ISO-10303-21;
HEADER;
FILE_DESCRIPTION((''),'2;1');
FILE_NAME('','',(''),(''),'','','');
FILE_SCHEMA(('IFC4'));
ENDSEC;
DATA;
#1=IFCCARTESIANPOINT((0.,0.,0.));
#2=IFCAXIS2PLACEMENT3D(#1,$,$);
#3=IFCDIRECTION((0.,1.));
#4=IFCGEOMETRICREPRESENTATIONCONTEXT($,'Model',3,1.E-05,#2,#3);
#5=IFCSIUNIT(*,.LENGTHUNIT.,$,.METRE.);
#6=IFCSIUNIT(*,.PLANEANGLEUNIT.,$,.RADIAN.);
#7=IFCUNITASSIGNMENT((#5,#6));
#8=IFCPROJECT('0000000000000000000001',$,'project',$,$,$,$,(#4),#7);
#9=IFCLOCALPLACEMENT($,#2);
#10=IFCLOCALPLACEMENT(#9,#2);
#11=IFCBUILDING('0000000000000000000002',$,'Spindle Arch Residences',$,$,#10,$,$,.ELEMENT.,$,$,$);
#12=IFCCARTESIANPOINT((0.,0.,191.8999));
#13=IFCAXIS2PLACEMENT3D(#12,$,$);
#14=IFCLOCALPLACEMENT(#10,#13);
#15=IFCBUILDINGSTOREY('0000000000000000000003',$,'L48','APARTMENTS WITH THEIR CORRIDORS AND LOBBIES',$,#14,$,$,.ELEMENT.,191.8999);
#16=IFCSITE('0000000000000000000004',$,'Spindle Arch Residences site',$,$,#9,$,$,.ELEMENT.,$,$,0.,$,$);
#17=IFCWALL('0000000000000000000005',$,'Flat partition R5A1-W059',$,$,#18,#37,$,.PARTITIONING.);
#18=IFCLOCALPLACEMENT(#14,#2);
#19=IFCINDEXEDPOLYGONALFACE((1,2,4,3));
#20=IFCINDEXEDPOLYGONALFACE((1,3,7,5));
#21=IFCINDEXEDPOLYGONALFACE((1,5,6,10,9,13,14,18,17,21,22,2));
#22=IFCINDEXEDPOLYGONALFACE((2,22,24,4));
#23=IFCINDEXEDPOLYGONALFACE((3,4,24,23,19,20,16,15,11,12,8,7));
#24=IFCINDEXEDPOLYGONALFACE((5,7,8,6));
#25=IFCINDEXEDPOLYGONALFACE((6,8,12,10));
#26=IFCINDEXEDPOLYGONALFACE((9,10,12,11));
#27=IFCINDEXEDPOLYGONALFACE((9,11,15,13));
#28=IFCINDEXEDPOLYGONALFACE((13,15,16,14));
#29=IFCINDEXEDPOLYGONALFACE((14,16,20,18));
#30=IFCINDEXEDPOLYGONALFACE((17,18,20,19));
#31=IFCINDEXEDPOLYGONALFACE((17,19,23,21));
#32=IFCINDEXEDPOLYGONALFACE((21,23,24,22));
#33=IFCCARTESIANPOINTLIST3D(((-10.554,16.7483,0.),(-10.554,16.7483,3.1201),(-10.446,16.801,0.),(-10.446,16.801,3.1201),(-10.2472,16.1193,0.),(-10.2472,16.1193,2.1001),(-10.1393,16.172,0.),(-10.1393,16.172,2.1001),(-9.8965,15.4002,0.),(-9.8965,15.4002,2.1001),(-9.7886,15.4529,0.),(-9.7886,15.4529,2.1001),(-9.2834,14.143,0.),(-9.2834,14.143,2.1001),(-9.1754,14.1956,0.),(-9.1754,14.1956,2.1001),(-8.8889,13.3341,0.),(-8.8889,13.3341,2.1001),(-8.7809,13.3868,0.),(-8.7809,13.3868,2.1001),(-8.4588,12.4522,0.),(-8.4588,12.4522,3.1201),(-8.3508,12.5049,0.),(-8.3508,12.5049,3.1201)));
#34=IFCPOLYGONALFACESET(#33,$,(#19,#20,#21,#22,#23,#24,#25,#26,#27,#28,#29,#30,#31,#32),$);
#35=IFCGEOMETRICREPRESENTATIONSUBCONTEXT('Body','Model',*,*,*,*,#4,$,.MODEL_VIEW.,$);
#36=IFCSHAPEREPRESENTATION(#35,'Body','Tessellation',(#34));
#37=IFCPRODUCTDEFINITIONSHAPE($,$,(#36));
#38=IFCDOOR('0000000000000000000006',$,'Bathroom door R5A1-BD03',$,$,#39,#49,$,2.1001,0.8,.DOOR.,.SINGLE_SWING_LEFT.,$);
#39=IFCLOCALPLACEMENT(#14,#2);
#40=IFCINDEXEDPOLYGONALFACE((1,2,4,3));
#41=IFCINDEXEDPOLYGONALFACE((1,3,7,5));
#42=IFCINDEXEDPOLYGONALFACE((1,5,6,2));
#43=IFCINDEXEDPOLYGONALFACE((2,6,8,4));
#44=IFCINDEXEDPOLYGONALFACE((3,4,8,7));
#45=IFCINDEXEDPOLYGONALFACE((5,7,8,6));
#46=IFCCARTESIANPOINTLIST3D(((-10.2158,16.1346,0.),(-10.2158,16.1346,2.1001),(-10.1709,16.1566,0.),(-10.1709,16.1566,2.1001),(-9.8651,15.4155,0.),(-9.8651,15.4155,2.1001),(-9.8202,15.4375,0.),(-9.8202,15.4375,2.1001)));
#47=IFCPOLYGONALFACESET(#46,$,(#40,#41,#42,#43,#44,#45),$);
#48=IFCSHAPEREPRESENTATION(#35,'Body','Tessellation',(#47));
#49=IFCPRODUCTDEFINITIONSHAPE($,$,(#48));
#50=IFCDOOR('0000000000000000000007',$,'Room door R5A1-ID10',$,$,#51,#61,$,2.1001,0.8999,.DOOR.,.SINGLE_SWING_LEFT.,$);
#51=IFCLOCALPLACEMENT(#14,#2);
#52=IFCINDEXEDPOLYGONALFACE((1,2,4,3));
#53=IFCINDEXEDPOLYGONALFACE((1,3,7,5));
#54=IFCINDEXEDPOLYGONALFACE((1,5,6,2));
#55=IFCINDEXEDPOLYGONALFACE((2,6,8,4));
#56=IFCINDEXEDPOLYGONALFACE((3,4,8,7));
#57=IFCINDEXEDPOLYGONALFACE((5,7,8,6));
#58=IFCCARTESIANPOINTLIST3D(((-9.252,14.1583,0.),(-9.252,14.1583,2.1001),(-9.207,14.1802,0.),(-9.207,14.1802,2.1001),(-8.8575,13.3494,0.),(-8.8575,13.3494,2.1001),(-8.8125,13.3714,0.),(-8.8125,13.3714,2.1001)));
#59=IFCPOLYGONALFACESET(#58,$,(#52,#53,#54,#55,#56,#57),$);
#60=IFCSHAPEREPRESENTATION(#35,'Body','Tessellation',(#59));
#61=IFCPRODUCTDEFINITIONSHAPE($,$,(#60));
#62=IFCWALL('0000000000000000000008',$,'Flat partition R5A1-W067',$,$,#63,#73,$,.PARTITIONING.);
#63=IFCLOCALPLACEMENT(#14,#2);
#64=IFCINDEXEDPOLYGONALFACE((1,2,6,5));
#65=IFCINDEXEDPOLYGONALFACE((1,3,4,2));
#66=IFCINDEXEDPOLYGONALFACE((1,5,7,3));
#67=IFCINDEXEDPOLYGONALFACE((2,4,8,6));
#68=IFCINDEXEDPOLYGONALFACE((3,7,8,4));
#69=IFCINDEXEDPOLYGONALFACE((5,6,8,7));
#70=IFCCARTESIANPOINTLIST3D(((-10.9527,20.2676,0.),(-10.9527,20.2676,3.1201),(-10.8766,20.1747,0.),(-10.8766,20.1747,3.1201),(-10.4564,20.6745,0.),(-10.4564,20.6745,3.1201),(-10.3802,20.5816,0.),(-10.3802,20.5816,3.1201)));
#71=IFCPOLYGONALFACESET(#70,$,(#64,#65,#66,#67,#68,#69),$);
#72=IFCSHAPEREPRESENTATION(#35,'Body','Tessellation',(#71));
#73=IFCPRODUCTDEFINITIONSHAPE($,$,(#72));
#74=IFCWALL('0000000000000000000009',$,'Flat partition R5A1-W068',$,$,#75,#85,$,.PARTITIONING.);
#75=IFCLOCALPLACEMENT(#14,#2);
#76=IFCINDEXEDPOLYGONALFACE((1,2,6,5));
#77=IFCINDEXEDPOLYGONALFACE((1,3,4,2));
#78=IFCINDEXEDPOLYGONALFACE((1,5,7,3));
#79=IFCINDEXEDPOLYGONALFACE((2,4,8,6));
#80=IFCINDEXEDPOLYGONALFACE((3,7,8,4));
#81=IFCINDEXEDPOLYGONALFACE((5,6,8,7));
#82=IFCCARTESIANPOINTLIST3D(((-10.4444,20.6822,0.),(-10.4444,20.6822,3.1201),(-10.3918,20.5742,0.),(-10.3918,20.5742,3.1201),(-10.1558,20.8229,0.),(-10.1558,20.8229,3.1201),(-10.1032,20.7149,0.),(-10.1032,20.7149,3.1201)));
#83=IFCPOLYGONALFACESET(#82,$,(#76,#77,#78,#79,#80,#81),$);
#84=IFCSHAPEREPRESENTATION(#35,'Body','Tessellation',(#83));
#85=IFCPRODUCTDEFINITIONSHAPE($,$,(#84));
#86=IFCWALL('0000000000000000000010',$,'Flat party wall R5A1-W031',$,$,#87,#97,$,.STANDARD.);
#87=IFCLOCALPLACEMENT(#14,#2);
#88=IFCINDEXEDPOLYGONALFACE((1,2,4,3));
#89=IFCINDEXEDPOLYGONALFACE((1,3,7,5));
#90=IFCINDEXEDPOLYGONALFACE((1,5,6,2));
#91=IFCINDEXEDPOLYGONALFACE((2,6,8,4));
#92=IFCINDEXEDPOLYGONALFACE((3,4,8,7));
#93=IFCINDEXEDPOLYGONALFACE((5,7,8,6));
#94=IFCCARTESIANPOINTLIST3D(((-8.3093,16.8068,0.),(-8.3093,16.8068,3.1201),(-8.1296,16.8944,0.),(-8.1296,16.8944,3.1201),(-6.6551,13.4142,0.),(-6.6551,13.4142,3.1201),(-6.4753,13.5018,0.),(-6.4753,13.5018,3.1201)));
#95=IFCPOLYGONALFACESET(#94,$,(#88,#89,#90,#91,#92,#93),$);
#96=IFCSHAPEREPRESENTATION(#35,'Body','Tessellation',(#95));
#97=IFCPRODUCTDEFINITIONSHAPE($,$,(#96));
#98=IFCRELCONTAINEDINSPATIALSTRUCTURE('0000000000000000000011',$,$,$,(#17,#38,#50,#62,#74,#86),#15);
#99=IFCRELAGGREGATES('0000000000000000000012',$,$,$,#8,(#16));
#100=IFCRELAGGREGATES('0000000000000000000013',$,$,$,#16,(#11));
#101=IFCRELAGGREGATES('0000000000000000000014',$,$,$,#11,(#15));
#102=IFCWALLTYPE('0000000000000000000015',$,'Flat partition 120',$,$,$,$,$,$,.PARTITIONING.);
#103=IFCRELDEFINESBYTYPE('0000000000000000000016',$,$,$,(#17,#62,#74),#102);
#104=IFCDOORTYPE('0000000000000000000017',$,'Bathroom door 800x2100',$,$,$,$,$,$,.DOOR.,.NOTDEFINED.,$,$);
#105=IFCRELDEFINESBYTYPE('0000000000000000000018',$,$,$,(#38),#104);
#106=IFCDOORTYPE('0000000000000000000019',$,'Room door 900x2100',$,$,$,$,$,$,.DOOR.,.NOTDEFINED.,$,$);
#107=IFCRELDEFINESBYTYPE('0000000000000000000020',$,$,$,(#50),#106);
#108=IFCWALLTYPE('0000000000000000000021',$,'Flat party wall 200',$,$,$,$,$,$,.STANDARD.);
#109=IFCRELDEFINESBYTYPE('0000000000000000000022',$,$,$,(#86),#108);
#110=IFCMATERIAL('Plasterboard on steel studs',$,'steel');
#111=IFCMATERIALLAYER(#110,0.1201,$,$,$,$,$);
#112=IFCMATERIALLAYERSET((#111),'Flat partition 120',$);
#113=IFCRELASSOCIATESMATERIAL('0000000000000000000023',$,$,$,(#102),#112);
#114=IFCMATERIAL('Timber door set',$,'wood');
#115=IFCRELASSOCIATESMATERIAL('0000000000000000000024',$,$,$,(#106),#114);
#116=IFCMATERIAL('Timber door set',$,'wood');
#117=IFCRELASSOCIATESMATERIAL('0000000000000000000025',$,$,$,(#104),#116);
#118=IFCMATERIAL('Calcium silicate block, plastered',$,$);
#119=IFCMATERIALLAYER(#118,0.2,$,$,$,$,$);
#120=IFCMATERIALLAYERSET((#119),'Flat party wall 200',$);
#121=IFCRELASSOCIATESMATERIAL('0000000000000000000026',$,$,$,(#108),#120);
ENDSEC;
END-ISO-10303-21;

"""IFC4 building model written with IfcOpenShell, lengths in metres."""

from ifc_helpers import new_model, si_unit, direction, frame, frame_2d, origin, place, context, subcontext, project, spatial, rectangle, extrude, material, layer, layer_set, type_object, element, fill, save


model = new_model("IFC4")

# Units and contexts
model_context = context("Model", 3, precision=1e-05, world=origin(), true_north=direction((0.0, 1.0)))
body_context = subcontext(model_context, "Body", "Model", "MODEL_VIEW")
ifc_project = project(units=[si_unit("LENGTHUNIT", "METRE"), si_unit("PLANEANGLEUNIT", "RADIAN")], contexts=[model_context])

# Site, building, storey
site_placement = place(None, origin())
site = spatial("IfcSite", under=ifc_project, at=site_placement, Name="Spindle Arch Residences site", CompositionType="ELEMENT", RefElevation=0.0)
building_placement = place(site_placement, origin())
building = spatial("IfcBuilding", under=site, at=building_placement, Name="Spindle Arch Residences", CompositionType="ELEMENT")
storey_placement = place(building_placement, frame((0.0, 0.0, 191.8999)))
storey = spatial("IfcBuildingStorey", under=building, at=storey_placement, Name="L48", Description="APARTMENTS WITH THEIR CORRIDORS AND LOBBIES", CompositionType="ELEMENT", Elevation=191.8999)

# Shared definitions
ifc_material_1 = material(Name="Plasterboard on steel studs", Category="steel")
ifc_layer_1 = layer(ifc_material_1, 0.1201)
ifc_layer_set_1 = layer_set([ifc_layer_1], Name="Flat partition 120")
wall_type_1 = type_object("IfcWallType", Name="Flat partition 120", PredefinedType="PARTITIONING", material=ifc_layer_set_1)
ifc_material_2 = material(Name="Timber door set", Category="wood")
door_type_1 = type_object("IfcDoorType", Name="Room door 900x2100", OperationType="NOTDEFINED", PredefinedType="DOOR", material=ifc_material_2)

# Wall, openings, doors
wall_1_placement = place(storey_placement, frame((-10.5, 16.7747, 0.0), z_axis=(0.0, 0.0, 1.0), x_axis=(0.438345, -0.898807, 0.0)))
wall_1 = element("IfcWall", 1, at=wall_1_placement, inside=storey, type_object=wall_type_1, Name="Flat partition R5A1-W059", PredefinedType="PARTITIONING", context=body_context, shape_type="SweptSolid", body=[
    extrude(rectangle(XDim=4.7798, YDim=0.1201, at=frame_2d((2.3899, 0.0))), origin(), (0.0, 0.0, 1.0), 3.1201),
])
opening_1_placement = place(wall_1_placement, frame((0.7, 0.0, 0.0)))
opening_1 = element("IfcOpeningElement", 2, at=opening_1_placement, cuts=wall_1, PredefinedType="OPENING", context=body_context, shape_type="SweptSolid", body=[
    extrude(rectangle(XDim=0.8, YDim=2.1001, at=frame_2d((0.3999, 1.05))), frame((0.0, 0.0701, 0.0), z_axis=(0.0, -1.0, 0.0), x_axis=(1.0, 0.0, 0.0)), (0.0, 0.0, 1.0), 0.1401),
])
opening_2_placement = place(wall_1_placement, frame((2.8987, 0.0, 0.0)))
opening_2 = element("IfcOpeningElement", 3, at=opening_2_placement, cuts=wall_1, PredefinedType="OPENING", context=body_context, shape_type="SweptSolid", body=[
    extrude(rectangle(XDim=0.8999, YDim=2.1001, at=frame_2d((0.45, 1.05))), frame((0.0, 0.0701, 0.0), z_axis=(0.0, -1.0, 0.0), x_axis=(1.0, 0.0, 0.0)), (0.0, 0.0, 1.0), 0.1401),
])
ifc_material_3 = material(Name="Timber door set", Category="wood")
door_type_2 = type_object("IfcDoorType", Name="Bathroom door 800x2100", OperationType="NOTDEFINED", PredefinedType="DOOR", material=ifc_material_3)
door_1_placement = place(opening_1_placement, origin())
door_1 = element("IfcDoor", 4, at=door_1_placement, inside=storey, type_object=door_type_2, Name="Bathroom door R5A1-BD03", OperationType="SINGLE_SWING_LEFT", OverallHeight=2.1001, OverallWidth=0.8, PredefinedType="DOOR", context=body_context, shape_type="SweptSolid", body=[
    extrude(rectangle(XDim=0.8, YDim=2.1001, at=frame_2d((0.3999, 1.05))), frame((0.0, 0.0249, 0.0), z_axis=(0.0, -1.0, 0.0), x_axis=(1.0, 0.0, 0.0)), (0.0, 0.0, 1.0), 0.05),
])
fill(opening_1, door_1)
door_2_placement = place(opening_2_placement, origin())
door_2 = element("IfcDoor", 5, at=door_2_placement, inside=storey, type_object=door_type_1, Name="Room door R5A1-ID10", OperationType="SINGLE_SWING_LEFT", OverallHeight=2.1001, OverallWidth=0.8999, PredefinedType="DOOR", context=body_context, shape_type="SweptSolid", body=[
    extrude(rectangle(XDim=0.8999, YDim=2.1001, at=frame_2d((0.45, 1.05))), frame((0.0, 0.0249, 0.0), z_axis=(0.0, -1.0, 0.0), x_axis=(1.0, 0.0, 0.0)), (0.0, 0.0, 1.0), 0.05),
])
fill(opening_2, door_2)

# Walls
wall_2_placement = place(storey_placement, frame((-10.9146, 20.2212, 0.0), z_axis=(0.0, 0.0, 1.0), x_axis=(0.773279, 0.634066, 0.0)))
element("IfcWall", 6, at=wall_2_placement, inside=storey, type_object=wall_type_1, Name="Flat partition R5A1-W067", PredefinedType="PARTITIONING", context=body_context, shape_type="SweptSolid", body=[
    extrude(rectangle(XDim=0.6418, YDim=0.1201, at=frame_2d((0.3208, 0.0))), origin(), (0.0, 0.0, 1.0), 3.1201),
])
wall_3_placement = place(storey_placement, frame((-10.4182, 20.6282, 0.0), z_axis=(0.0, 0.0, 1.0), x_axis=(0.898944, 0.438064, 0.0)))
element("IfcWall", 7, at=wall_3_placement, inside=storey, type_object=wall_type_1, Name="Flat partition R5A1-W068", PredefinedType="PARTITIONING", context=body_context, shape_type="SweptSolid", body=[
    extrude(rectangle(XDim=0.321, YDim=0.1201, at=frame_2d((0.1606, 0.0))), origin(), (0.0, 0.0, 1.0), 3.1201),
])
ifc_material_4 = material(Name="Calcium silicate block, plastered")
ifc_layer_2 = layer(ifc_material_4, 0.2)
ifc_layer_set_2 = layer_set([ifc_layer_2], Name="Flat party wall 200")
wall_type_2 = type_object("IfcWallType", Name="Flat party wall 200", PredefinedType="STANDARD", material=ifc_layer_set_2)
wall_4_placement = place(storey_placement, frame((-8.2195, 16.8506, 0.0), z_axis=(0.0, 0.0, 1.0), x_axis=(0.438291, -0.898833, 0.0)))
element("IfcWall", 8, at=wall_4_placement, inside=storey, type_object=wall_type_2, Name="Flat party wall R5A1-W031", PredefinedType="STANDARD", context=body_context, shape_type="SweptSolid", body=[
    extrude(rectangle(XDim=3.7744, YDim=0.2, at=frame_2d((1.8872, 0.0))), origin(), (0.0, 0.0, 1.0), 3.1201),
])

save(model, "model.ifc")
